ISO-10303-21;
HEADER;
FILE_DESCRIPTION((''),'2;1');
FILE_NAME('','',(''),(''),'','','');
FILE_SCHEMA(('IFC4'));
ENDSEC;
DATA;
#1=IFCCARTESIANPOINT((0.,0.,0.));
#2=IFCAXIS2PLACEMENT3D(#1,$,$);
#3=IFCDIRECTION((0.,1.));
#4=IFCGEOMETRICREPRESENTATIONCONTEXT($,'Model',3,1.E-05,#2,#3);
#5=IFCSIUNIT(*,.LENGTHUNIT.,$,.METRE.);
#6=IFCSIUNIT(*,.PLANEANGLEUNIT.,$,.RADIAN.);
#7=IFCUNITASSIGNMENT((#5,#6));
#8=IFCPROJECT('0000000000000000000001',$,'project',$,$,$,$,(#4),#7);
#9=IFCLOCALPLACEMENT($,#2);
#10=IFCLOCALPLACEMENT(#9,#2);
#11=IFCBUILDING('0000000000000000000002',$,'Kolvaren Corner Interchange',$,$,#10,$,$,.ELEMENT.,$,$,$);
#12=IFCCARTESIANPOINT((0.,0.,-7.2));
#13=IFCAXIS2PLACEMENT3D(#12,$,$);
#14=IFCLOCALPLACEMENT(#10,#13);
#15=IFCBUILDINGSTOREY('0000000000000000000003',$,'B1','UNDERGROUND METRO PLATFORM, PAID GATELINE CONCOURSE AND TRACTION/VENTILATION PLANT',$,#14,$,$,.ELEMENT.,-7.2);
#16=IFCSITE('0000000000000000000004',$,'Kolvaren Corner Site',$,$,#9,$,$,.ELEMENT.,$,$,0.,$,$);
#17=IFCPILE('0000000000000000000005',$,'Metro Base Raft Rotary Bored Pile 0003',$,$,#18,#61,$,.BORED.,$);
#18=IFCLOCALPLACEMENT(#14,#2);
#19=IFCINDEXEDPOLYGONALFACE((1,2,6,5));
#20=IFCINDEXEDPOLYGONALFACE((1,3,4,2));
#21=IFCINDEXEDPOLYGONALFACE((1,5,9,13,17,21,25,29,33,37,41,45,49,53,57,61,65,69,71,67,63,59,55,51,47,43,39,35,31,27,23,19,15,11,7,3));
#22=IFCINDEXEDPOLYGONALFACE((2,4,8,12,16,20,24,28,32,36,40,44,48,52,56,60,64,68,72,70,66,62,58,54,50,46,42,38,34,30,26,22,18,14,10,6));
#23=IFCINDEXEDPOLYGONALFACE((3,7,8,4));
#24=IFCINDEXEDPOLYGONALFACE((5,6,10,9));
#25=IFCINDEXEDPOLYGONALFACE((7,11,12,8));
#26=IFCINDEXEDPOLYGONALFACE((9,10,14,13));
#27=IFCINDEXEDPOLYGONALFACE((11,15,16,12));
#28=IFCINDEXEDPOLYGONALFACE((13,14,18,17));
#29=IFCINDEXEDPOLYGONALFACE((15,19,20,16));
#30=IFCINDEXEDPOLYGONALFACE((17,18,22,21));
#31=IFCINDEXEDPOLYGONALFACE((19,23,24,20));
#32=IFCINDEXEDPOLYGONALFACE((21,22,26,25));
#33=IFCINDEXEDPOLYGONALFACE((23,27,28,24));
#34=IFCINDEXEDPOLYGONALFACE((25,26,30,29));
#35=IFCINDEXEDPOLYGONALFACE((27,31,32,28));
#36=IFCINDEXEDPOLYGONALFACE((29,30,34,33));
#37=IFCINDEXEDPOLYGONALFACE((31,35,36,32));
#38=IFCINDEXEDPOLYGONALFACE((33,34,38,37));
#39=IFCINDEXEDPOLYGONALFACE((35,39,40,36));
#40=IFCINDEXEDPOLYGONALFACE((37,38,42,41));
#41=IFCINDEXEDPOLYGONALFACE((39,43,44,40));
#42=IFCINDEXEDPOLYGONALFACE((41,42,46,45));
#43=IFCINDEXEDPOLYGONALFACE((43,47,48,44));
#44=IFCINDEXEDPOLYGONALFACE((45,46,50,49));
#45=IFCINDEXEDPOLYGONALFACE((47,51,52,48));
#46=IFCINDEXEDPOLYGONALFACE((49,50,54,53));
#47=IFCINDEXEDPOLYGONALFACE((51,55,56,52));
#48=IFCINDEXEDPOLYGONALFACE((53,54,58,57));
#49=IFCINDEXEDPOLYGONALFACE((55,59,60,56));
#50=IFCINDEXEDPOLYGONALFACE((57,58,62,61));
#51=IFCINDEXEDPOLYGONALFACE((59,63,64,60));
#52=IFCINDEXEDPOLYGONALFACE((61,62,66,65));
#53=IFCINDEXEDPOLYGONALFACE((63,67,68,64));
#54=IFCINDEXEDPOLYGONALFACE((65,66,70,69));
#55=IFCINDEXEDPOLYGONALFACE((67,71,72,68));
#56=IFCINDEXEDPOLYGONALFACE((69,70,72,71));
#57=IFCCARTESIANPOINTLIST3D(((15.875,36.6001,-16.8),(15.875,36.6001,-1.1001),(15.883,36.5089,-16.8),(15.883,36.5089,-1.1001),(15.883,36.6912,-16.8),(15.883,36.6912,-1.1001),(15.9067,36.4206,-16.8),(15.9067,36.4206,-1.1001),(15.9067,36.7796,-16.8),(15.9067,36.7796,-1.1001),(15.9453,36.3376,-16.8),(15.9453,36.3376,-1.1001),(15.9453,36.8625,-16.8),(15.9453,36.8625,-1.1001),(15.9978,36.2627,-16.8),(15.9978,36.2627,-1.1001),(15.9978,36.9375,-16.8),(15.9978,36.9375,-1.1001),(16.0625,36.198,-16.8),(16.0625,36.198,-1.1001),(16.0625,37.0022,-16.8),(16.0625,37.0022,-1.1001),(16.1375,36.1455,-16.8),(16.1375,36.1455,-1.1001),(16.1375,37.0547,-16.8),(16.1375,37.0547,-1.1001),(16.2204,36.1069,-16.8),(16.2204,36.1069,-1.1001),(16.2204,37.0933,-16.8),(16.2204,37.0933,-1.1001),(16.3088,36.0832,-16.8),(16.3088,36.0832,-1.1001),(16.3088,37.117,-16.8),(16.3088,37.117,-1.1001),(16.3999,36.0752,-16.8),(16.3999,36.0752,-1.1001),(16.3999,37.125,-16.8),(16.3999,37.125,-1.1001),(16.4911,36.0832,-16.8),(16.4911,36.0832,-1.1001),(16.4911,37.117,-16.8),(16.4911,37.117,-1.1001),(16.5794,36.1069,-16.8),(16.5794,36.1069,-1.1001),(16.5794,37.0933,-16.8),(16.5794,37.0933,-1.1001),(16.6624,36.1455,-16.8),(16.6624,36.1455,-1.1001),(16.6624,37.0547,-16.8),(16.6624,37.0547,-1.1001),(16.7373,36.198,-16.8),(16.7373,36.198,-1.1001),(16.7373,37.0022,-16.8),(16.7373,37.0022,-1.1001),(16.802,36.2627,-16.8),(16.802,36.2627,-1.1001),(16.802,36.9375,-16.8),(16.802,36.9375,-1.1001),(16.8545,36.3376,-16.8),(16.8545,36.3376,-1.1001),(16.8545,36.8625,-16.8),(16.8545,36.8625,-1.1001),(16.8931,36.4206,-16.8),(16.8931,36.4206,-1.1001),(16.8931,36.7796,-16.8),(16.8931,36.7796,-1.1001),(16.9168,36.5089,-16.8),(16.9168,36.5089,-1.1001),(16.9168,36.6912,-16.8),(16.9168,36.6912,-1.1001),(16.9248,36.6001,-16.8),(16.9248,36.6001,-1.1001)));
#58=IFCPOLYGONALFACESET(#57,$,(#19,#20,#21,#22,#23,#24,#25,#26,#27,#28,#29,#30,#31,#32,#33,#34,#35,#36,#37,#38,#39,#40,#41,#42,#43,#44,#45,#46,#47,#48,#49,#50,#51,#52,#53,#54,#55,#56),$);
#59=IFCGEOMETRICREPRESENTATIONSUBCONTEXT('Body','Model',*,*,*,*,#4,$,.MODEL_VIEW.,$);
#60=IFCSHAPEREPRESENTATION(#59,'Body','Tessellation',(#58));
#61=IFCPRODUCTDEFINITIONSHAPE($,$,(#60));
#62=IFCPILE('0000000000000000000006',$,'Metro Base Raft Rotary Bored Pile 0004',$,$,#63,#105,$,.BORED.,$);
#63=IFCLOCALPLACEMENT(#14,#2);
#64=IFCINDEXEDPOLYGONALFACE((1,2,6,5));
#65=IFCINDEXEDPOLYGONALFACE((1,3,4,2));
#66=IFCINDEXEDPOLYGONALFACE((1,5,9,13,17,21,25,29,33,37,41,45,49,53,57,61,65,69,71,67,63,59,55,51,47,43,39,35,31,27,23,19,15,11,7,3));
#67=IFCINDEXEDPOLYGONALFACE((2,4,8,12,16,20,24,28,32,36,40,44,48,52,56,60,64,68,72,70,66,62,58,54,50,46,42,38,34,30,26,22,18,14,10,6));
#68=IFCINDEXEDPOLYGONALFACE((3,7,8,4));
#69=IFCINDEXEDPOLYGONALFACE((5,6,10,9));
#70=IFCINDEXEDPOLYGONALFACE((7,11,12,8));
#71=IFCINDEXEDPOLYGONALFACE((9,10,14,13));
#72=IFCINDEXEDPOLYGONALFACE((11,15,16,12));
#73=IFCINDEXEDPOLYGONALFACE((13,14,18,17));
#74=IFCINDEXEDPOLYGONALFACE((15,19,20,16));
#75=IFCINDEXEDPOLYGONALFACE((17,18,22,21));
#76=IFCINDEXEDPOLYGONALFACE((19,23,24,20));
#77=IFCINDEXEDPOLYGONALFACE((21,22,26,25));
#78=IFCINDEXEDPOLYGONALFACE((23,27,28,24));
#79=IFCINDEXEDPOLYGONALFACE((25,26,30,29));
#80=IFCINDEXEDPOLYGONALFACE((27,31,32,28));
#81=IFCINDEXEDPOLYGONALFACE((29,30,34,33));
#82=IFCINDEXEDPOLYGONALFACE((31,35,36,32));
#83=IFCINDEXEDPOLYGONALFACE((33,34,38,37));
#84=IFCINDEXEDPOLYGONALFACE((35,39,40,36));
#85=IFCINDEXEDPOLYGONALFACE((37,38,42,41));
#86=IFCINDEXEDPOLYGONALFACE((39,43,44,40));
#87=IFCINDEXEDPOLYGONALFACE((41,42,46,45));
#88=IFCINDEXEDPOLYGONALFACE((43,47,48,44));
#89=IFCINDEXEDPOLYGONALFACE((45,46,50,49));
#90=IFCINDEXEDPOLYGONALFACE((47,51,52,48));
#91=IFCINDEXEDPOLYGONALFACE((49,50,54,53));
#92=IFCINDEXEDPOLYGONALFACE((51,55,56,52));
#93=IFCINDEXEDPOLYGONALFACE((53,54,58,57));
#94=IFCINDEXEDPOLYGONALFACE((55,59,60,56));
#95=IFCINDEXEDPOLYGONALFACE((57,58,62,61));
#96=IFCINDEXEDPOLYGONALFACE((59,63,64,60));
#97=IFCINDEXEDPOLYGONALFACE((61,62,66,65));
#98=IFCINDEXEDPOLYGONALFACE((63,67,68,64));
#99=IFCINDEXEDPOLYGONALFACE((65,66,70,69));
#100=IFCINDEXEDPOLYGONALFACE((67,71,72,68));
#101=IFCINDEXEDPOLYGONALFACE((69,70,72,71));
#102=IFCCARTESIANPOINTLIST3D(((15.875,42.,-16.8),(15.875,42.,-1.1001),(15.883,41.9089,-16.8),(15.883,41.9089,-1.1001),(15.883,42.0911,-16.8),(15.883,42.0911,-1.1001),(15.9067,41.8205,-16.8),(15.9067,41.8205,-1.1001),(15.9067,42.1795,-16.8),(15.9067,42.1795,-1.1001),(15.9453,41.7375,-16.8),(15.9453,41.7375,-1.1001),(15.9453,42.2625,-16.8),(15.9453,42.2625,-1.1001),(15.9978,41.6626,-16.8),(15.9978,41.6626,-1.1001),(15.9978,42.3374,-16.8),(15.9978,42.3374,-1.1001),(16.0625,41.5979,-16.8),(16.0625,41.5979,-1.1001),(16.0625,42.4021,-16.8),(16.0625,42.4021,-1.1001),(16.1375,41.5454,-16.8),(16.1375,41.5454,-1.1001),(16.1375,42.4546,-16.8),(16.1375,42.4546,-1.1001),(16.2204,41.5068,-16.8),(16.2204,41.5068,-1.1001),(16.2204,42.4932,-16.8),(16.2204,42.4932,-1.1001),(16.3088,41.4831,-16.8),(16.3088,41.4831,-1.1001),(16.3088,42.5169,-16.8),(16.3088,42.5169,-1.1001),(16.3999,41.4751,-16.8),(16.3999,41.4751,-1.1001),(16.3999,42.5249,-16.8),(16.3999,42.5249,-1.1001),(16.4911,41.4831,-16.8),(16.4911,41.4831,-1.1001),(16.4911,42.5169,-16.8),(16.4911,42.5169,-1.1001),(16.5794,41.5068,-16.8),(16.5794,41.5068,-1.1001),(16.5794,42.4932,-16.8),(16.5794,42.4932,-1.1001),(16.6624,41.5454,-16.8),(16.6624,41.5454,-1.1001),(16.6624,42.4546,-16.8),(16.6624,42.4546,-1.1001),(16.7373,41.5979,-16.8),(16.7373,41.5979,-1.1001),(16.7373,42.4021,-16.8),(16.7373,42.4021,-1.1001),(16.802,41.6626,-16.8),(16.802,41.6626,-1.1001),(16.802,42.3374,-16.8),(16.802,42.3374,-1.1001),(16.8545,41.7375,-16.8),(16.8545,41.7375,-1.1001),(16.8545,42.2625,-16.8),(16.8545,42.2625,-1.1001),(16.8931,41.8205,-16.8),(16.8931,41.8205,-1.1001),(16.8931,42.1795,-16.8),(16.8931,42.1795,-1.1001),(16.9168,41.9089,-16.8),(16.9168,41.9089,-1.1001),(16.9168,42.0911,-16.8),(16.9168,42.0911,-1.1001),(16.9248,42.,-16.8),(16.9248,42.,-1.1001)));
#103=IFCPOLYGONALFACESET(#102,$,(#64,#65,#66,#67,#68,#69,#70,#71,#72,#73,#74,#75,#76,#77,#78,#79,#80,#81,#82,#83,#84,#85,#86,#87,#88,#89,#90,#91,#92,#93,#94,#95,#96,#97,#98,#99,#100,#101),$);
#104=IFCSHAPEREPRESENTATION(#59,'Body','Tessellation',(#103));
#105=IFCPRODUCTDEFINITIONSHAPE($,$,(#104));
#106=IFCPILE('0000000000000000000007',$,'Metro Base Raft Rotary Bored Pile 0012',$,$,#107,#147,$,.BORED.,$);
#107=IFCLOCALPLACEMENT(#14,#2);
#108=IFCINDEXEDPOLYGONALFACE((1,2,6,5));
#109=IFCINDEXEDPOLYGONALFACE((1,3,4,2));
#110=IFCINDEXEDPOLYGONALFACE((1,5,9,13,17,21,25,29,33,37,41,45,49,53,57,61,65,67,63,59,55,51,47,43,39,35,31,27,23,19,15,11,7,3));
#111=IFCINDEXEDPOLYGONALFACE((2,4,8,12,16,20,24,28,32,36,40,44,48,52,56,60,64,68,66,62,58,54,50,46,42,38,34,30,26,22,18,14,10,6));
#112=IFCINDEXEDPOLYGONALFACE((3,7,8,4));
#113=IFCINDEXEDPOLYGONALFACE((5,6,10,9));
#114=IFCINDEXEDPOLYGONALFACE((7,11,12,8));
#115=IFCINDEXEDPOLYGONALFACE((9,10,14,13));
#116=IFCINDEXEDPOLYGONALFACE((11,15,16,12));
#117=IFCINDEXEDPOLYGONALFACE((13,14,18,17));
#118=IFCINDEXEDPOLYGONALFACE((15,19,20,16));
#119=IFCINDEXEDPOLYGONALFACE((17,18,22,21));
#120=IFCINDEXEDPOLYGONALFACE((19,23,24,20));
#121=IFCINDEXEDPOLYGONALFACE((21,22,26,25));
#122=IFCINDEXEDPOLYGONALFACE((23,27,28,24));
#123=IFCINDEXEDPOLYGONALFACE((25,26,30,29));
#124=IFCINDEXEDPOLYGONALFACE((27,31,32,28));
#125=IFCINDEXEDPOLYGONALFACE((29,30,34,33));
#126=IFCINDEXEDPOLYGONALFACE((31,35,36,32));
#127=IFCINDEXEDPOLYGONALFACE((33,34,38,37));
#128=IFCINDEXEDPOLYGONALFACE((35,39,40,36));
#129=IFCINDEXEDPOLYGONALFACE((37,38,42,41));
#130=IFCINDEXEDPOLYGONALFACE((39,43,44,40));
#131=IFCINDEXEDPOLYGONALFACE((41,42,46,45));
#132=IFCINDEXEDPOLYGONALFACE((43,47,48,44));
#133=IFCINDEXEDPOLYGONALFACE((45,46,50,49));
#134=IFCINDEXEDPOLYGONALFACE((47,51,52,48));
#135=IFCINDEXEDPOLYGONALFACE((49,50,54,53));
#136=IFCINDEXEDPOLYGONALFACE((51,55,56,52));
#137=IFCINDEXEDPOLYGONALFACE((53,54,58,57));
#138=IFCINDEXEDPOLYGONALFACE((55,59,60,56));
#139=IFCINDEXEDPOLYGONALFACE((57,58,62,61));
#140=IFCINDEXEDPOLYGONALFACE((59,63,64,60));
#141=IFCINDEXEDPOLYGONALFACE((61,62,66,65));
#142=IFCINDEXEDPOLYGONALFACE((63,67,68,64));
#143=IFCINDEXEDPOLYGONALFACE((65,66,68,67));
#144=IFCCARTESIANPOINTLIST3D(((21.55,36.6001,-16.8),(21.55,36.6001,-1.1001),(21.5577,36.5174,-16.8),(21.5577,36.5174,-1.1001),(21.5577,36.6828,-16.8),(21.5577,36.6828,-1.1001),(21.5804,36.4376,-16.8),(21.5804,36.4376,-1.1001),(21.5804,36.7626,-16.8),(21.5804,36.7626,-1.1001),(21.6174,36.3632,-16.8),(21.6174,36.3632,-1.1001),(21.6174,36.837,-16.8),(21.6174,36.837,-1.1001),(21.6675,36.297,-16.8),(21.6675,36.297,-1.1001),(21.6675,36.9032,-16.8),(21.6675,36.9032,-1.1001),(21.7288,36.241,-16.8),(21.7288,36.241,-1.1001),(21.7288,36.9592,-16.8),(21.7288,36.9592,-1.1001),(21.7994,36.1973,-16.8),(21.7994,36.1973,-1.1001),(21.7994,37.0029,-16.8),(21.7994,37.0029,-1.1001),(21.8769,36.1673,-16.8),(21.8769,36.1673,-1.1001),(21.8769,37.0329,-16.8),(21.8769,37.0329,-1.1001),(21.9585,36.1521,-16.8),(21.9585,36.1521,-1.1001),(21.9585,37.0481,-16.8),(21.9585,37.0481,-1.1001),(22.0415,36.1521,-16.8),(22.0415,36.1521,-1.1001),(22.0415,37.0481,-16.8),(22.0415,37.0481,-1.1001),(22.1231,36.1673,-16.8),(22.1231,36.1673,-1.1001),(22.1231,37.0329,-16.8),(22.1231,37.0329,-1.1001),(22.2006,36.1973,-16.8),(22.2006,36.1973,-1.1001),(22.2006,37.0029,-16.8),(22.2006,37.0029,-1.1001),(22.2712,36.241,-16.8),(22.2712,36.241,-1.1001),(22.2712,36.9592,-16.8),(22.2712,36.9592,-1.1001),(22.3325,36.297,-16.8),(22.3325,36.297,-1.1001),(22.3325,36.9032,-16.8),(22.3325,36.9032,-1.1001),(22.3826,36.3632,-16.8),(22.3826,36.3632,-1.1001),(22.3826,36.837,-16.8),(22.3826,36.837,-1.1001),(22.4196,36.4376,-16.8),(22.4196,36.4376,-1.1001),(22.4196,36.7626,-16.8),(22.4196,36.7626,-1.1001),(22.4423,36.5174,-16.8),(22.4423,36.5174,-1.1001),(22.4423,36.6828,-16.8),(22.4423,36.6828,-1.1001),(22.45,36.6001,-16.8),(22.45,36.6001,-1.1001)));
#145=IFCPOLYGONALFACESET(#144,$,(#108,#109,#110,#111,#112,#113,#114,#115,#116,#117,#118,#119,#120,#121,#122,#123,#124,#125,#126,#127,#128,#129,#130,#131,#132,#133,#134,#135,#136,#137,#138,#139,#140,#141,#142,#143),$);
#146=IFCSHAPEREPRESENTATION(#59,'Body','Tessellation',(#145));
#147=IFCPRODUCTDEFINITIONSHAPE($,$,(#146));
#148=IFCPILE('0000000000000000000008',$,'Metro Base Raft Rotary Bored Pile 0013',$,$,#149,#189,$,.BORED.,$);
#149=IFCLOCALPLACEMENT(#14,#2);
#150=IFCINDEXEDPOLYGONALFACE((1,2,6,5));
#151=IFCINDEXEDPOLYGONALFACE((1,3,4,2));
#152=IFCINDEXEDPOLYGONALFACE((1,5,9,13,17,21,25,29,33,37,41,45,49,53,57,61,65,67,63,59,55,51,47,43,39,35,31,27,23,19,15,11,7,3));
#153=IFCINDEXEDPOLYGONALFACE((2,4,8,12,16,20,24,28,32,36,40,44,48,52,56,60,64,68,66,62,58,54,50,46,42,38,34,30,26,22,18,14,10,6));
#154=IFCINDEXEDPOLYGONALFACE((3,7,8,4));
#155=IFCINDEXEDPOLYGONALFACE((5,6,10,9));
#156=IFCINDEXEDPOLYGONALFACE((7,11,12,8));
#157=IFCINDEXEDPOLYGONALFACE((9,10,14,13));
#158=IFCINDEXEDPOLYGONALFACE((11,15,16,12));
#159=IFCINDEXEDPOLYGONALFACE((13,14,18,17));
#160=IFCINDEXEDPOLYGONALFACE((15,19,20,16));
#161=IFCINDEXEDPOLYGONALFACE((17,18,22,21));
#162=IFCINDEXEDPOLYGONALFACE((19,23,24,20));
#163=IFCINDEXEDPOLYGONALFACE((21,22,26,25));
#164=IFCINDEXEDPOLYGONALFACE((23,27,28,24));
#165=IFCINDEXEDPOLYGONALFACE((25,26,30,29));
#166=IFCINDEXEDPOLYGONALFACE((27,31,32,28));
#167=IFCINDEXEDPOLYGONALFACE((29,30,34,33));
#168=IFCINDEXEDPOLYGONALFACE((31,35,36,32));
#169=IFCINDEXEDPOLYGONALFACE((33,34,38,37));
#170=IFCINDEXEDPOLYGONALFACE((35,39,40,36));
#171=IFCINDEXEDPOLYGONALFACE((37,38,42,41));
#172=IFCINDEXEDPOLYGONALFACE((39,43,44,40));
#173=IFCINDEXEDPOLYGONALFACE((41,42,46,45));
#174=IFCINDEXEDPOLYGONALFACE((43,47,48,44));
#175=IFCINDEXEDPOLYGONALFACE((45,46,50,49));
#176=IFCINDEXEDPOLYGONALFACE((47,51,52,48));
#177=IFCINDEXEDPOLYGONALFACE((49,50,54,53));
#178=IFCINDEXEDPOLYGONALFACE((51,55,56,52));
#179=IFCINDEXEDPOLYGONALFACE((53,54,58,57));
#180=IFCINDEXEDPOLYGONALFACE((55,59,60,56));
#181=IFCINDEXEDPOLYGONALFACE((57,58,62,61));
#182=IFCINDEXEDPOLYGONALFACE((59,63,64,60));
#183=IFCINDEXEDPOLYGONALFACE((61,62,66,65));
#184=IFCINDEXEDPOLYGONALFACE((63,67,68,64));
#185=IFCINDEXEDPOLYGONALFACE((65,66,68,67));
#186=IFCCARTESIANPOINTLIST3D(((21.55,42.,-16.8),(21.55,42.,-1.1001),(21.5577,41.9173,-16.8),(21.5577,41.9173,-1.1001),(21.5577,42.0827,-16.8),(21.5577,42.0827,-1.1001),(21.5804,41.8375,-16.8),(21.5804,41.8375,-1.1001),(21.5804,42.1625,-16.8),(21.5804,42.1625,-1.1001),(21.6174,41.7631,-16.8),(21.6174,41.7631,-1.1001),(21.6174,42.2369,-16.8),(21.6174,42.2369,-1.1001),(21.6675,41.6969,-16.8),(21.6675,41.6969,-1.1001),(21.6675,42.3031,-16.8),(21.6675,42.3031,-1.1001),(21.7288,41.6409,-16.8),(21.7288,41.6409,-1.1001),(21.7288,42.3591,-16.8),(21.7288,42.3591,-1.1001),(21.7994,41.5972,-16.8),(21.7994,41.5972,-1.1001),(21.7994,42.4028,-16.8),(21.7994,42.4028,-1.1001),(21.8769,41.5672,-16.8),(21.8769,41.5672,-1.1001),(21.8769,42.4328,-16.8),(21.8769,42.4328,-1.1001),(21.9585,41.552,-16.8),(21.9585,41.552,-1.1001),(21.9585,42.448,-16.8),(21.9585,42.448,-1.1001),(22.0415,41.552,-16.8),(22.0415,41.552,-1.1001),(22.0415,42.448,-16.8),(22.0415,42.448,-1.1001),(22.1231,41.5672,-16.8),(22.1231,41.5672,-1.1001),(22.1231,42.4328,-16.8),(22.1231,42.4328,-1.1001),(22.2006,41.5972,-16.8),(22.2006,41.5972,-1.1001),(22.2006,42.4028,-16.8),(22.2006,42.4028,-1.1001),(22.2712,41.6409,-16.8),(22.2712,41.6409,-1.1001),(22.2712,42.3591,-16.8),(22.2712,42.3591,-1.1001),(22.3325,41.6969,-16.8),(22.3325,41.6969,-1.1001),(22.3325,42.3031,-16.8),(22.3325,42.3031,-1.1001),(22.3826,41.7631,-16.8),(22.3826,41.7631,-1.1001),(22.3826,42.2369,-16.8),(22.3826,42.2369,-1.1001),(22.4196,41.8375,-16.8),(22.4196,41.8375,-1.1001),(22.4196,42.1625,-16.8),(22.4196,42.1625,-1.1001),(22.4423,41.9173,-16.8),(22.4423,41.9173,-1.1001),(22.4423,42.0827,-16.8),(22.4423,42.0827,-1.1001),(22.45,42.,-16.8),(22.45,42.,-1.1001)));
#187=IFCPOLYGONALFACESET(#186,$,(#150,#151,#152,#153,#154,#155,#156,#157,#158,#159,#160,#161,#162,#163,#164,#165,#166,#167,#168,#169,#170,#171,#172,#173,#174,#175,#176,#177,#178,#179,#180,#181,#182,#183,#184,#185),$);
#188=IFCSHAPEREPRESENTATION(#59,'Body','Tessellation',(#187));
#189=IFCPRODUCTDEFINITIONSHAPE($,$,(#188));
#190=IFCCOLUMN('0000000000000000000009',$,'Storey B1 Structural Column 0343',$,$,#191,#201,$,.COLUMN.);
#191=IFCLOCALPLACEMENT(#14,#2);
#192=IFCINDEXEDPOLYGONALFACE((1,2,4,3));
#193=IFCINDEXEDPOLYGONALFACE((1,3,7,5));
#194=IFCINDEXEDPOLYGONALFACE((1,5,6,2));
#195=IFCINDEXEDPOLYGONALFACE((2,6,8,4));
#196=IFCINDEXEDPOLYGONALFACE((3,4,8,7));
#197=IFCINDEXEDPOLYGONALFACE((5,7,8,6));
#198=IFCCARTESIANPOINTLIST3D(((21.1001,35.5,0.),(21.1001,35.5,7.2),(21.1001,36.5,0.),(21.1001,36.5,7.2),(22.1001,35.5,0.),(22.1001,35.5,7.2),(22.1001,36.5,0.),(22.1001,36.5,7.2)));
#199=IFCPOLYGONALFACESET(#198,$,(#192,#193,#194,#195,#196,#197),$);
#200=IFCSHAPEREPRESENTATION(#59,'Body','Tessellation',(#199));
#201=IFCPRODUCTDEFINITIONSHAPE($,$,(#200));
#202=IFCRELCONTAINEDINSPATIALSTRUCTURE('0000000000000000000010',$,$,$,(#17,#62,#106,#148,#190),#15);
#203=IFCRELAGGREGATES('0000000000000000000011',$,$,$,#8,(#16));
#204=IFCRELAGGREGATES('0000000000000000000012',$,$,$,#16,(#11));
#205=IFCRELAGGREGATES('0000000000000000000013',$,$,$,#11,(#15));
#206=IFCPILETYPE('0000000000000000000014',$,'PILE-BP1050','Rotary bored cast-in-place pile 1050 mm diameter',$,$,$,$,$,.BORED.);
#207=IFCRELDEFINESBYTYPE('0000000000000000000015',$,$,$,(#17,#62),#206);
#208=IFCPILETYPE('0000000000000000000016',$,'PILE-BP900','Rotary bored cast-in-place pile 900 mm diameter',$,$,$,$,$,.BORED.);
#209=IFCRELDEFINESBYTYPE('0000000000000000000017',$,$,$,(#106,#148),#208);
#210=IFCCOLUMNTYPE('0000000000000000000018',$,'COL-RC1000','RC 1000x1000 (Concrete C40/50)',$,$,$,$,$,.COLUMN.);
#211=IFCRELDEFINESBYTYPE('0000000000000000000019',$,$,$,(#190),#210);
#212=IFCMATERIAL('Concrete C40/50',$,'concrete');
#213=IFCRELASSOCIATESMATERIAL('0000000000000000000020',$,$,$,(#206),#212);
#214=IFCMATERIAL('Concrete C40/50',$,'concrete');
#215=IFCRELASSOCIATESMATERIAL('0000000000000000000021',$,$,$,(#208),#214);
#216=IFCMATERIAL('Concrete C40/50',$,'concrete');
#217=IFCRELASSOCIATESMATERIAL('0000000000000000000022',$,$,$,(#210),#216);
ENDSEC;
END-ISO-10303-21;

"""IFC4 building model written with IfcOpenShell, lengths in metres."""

from ifc_helpers import new_model, si_unit, direction, frame, origin, origin_2d, place, context, subcontext, project, spatial, rectangle, circle, extrude, material, material_profile, profile_set, type_object, element, save


model = new_model("IFC4")

# Units and contexts
model_context = context("Model", 3, precision=1e-05, world=origin(), true_north=direction((0.0, 1.0)))
body_context = subcontext(model_context, "Body", "Model", "MODEL_VIEW")
ifc_project = project(units=[si_unit("LENGTHUNIT", "METRE"), si_unit("PLANEANGLEUNIT", "RADIAN")], contexts=[model_context])

# Site, building, storey
site_placement = place(None, origin())
site = spatial("IfcSite", under=ifc_project, at=site_placement, Name="Kolvaren Corner Site", CompositionType="ELEMENT", RefElevation=0.0)
building_placement = place(site_placement, origin())
building = spatial("IfcBuilding", under=site, at=building_placement, Name="Kolvaren Corner Interchange", CompositionType="ELEMENT")
storey_placement = place(building_placement, frame((0.0, 0.0, -7.2)))
storey = spatial("IfcBuildingStorey", under=building, at=storey_placement, Name="B1", Description="UNDERGROUND METRO PLATFORM, PAID GATELINE CONCOURSE AND TRACTION/VENTILATION PLANT", CompositionType="ELEMENT", Elevation=-7.2)

# Piles
ifc_material_1 = material(Name="Concrete C40/50", Category="concrete")
ifc_material_profile_1 = material_profile(ifc_material_1, circle(Radius=0.5249, at=origin_2d()), Name="BORED PILE 1050")
ifc_profile_set_1 = profile_set([ifc_material_profile_1], Name="Concrete C40/50")
pile_type_1 = type_object("IfcPileType", Name="PILE-BP1050", Description="Rotary bored cast-in-place pile 1050 mm diameter", PredefinedType="BORED", material=ifc_profile_set_1)
for number, where, z_axis, x_axis, name in (
    (1, (16.3999, 36.6001, -1.1001), (0.0, 0.0, -1.0), (1.0, 0.0, 0.0), "Metro Base Raft Rotary Bored Pile 0003"),
    (2, (16.3999, 42.0, -1.1001), (0.0, 0.0, -1.0), (1.0, 0.0, 0.0), "Metro Base Raft Rotary Bored Pile 0004"),
):
    element("IfcPile", number, at=place(storey_placement, frame(where, z_axis=z_axis, x_axis=x_axis)), inside=storey, type_object=pile_type_1, Name=name, PredefinedType="BORED", context=body_context, shape_type="SweptSolid", body=[
        extrude(circle(Radius=0.5249, at=origin_2d()), origin(), (0.0, 0.0, 1.0), 15.7),
    ])
ifc_material_2 = material(Name="Concrete C40/50", Category="concrete")
ifc_material_profile_2 = material_profile(ifc_material_2, circle(Radius=0.45, at=origin_2d()), Name="BORED PILE 900")
ifc_profile_set_2 = profile_set([ifc_material_profile_2], Name="Concrete C40/50")
pile_type_2 = type_object("IfcPileType", Name="PILE-BP900", Description="Rotary bored cast-in-place pile 900 mm diameter", PredefinedType="BORED", material=ifc_profile_set_2)
for number, where, z_axis, x_axis, name in (
    (3, (22.0, 36.6001, -1.1001), (0.0, 0.0, -1.0), (1.0, 0.0, 0.0), "Metro Base Raft Rotary Bored Pile 0012"),
    (4, (22.0, 42.0, -1.1001), (0.0, 0.0, -1.0), (1.0, 0.0, 0.0), "Metro Base Raft Rotary Bored Pile 0013"),
):
    element("IfcPile", number, at=place(storey_placement, frame(where, z_axis=z_axis, x_axis=x_axis)), inside=storey, type_object=pile_type_2, Name=name, PredefinedType="BORED", context=body_context, shape_type="SweptSolid", body=[
        extrude(circle(Radius=0.45, at=origin_2d()), origin(), (0.0, 0.0, 1.0), 15.7),
    ])

# Column
ifc_material_3 = material(Name="Concrete C40/50", Category="concrete")
ifc_material_profile_3 = material_profile(ifc_material_3, rectangle(XDim=1.0, YDim=1.0, at=origin_2d()), Name="RC 1000x1000")
ifc_profile_set_3 = profile_set([ifc_material_profile_3], Name="Concrete C40/50")
column_type_1 = type_object("IfcColumnType", Name="COL-RC1000", Description="RC 1000x1000 (Concrete C40/50)", PredefinedType="COLUMN", material=ifc_profile_set_3)
column_placement = place(storey_placement, frame((21.6001, 36.0, 0.0), z_axis=(0.0, 0.0, 1.0), x_axis=(1.0, 0.0, 0.0)))
element("IfcColumn", 5, at=column_placement, inside=storey, type_object=column_type_1, Name="Storey B1 Structural Column 0343", PredefinedType="COLUMN", context=body_context, shape_type="SweptSolid", body=[
    extrude(rectangle(XDim=1.0, YDim=1.0, at=origin_2d()), origin(), (0.0, 0.0, 1.0), 7.2),
])

save(model, "model.ifc")
